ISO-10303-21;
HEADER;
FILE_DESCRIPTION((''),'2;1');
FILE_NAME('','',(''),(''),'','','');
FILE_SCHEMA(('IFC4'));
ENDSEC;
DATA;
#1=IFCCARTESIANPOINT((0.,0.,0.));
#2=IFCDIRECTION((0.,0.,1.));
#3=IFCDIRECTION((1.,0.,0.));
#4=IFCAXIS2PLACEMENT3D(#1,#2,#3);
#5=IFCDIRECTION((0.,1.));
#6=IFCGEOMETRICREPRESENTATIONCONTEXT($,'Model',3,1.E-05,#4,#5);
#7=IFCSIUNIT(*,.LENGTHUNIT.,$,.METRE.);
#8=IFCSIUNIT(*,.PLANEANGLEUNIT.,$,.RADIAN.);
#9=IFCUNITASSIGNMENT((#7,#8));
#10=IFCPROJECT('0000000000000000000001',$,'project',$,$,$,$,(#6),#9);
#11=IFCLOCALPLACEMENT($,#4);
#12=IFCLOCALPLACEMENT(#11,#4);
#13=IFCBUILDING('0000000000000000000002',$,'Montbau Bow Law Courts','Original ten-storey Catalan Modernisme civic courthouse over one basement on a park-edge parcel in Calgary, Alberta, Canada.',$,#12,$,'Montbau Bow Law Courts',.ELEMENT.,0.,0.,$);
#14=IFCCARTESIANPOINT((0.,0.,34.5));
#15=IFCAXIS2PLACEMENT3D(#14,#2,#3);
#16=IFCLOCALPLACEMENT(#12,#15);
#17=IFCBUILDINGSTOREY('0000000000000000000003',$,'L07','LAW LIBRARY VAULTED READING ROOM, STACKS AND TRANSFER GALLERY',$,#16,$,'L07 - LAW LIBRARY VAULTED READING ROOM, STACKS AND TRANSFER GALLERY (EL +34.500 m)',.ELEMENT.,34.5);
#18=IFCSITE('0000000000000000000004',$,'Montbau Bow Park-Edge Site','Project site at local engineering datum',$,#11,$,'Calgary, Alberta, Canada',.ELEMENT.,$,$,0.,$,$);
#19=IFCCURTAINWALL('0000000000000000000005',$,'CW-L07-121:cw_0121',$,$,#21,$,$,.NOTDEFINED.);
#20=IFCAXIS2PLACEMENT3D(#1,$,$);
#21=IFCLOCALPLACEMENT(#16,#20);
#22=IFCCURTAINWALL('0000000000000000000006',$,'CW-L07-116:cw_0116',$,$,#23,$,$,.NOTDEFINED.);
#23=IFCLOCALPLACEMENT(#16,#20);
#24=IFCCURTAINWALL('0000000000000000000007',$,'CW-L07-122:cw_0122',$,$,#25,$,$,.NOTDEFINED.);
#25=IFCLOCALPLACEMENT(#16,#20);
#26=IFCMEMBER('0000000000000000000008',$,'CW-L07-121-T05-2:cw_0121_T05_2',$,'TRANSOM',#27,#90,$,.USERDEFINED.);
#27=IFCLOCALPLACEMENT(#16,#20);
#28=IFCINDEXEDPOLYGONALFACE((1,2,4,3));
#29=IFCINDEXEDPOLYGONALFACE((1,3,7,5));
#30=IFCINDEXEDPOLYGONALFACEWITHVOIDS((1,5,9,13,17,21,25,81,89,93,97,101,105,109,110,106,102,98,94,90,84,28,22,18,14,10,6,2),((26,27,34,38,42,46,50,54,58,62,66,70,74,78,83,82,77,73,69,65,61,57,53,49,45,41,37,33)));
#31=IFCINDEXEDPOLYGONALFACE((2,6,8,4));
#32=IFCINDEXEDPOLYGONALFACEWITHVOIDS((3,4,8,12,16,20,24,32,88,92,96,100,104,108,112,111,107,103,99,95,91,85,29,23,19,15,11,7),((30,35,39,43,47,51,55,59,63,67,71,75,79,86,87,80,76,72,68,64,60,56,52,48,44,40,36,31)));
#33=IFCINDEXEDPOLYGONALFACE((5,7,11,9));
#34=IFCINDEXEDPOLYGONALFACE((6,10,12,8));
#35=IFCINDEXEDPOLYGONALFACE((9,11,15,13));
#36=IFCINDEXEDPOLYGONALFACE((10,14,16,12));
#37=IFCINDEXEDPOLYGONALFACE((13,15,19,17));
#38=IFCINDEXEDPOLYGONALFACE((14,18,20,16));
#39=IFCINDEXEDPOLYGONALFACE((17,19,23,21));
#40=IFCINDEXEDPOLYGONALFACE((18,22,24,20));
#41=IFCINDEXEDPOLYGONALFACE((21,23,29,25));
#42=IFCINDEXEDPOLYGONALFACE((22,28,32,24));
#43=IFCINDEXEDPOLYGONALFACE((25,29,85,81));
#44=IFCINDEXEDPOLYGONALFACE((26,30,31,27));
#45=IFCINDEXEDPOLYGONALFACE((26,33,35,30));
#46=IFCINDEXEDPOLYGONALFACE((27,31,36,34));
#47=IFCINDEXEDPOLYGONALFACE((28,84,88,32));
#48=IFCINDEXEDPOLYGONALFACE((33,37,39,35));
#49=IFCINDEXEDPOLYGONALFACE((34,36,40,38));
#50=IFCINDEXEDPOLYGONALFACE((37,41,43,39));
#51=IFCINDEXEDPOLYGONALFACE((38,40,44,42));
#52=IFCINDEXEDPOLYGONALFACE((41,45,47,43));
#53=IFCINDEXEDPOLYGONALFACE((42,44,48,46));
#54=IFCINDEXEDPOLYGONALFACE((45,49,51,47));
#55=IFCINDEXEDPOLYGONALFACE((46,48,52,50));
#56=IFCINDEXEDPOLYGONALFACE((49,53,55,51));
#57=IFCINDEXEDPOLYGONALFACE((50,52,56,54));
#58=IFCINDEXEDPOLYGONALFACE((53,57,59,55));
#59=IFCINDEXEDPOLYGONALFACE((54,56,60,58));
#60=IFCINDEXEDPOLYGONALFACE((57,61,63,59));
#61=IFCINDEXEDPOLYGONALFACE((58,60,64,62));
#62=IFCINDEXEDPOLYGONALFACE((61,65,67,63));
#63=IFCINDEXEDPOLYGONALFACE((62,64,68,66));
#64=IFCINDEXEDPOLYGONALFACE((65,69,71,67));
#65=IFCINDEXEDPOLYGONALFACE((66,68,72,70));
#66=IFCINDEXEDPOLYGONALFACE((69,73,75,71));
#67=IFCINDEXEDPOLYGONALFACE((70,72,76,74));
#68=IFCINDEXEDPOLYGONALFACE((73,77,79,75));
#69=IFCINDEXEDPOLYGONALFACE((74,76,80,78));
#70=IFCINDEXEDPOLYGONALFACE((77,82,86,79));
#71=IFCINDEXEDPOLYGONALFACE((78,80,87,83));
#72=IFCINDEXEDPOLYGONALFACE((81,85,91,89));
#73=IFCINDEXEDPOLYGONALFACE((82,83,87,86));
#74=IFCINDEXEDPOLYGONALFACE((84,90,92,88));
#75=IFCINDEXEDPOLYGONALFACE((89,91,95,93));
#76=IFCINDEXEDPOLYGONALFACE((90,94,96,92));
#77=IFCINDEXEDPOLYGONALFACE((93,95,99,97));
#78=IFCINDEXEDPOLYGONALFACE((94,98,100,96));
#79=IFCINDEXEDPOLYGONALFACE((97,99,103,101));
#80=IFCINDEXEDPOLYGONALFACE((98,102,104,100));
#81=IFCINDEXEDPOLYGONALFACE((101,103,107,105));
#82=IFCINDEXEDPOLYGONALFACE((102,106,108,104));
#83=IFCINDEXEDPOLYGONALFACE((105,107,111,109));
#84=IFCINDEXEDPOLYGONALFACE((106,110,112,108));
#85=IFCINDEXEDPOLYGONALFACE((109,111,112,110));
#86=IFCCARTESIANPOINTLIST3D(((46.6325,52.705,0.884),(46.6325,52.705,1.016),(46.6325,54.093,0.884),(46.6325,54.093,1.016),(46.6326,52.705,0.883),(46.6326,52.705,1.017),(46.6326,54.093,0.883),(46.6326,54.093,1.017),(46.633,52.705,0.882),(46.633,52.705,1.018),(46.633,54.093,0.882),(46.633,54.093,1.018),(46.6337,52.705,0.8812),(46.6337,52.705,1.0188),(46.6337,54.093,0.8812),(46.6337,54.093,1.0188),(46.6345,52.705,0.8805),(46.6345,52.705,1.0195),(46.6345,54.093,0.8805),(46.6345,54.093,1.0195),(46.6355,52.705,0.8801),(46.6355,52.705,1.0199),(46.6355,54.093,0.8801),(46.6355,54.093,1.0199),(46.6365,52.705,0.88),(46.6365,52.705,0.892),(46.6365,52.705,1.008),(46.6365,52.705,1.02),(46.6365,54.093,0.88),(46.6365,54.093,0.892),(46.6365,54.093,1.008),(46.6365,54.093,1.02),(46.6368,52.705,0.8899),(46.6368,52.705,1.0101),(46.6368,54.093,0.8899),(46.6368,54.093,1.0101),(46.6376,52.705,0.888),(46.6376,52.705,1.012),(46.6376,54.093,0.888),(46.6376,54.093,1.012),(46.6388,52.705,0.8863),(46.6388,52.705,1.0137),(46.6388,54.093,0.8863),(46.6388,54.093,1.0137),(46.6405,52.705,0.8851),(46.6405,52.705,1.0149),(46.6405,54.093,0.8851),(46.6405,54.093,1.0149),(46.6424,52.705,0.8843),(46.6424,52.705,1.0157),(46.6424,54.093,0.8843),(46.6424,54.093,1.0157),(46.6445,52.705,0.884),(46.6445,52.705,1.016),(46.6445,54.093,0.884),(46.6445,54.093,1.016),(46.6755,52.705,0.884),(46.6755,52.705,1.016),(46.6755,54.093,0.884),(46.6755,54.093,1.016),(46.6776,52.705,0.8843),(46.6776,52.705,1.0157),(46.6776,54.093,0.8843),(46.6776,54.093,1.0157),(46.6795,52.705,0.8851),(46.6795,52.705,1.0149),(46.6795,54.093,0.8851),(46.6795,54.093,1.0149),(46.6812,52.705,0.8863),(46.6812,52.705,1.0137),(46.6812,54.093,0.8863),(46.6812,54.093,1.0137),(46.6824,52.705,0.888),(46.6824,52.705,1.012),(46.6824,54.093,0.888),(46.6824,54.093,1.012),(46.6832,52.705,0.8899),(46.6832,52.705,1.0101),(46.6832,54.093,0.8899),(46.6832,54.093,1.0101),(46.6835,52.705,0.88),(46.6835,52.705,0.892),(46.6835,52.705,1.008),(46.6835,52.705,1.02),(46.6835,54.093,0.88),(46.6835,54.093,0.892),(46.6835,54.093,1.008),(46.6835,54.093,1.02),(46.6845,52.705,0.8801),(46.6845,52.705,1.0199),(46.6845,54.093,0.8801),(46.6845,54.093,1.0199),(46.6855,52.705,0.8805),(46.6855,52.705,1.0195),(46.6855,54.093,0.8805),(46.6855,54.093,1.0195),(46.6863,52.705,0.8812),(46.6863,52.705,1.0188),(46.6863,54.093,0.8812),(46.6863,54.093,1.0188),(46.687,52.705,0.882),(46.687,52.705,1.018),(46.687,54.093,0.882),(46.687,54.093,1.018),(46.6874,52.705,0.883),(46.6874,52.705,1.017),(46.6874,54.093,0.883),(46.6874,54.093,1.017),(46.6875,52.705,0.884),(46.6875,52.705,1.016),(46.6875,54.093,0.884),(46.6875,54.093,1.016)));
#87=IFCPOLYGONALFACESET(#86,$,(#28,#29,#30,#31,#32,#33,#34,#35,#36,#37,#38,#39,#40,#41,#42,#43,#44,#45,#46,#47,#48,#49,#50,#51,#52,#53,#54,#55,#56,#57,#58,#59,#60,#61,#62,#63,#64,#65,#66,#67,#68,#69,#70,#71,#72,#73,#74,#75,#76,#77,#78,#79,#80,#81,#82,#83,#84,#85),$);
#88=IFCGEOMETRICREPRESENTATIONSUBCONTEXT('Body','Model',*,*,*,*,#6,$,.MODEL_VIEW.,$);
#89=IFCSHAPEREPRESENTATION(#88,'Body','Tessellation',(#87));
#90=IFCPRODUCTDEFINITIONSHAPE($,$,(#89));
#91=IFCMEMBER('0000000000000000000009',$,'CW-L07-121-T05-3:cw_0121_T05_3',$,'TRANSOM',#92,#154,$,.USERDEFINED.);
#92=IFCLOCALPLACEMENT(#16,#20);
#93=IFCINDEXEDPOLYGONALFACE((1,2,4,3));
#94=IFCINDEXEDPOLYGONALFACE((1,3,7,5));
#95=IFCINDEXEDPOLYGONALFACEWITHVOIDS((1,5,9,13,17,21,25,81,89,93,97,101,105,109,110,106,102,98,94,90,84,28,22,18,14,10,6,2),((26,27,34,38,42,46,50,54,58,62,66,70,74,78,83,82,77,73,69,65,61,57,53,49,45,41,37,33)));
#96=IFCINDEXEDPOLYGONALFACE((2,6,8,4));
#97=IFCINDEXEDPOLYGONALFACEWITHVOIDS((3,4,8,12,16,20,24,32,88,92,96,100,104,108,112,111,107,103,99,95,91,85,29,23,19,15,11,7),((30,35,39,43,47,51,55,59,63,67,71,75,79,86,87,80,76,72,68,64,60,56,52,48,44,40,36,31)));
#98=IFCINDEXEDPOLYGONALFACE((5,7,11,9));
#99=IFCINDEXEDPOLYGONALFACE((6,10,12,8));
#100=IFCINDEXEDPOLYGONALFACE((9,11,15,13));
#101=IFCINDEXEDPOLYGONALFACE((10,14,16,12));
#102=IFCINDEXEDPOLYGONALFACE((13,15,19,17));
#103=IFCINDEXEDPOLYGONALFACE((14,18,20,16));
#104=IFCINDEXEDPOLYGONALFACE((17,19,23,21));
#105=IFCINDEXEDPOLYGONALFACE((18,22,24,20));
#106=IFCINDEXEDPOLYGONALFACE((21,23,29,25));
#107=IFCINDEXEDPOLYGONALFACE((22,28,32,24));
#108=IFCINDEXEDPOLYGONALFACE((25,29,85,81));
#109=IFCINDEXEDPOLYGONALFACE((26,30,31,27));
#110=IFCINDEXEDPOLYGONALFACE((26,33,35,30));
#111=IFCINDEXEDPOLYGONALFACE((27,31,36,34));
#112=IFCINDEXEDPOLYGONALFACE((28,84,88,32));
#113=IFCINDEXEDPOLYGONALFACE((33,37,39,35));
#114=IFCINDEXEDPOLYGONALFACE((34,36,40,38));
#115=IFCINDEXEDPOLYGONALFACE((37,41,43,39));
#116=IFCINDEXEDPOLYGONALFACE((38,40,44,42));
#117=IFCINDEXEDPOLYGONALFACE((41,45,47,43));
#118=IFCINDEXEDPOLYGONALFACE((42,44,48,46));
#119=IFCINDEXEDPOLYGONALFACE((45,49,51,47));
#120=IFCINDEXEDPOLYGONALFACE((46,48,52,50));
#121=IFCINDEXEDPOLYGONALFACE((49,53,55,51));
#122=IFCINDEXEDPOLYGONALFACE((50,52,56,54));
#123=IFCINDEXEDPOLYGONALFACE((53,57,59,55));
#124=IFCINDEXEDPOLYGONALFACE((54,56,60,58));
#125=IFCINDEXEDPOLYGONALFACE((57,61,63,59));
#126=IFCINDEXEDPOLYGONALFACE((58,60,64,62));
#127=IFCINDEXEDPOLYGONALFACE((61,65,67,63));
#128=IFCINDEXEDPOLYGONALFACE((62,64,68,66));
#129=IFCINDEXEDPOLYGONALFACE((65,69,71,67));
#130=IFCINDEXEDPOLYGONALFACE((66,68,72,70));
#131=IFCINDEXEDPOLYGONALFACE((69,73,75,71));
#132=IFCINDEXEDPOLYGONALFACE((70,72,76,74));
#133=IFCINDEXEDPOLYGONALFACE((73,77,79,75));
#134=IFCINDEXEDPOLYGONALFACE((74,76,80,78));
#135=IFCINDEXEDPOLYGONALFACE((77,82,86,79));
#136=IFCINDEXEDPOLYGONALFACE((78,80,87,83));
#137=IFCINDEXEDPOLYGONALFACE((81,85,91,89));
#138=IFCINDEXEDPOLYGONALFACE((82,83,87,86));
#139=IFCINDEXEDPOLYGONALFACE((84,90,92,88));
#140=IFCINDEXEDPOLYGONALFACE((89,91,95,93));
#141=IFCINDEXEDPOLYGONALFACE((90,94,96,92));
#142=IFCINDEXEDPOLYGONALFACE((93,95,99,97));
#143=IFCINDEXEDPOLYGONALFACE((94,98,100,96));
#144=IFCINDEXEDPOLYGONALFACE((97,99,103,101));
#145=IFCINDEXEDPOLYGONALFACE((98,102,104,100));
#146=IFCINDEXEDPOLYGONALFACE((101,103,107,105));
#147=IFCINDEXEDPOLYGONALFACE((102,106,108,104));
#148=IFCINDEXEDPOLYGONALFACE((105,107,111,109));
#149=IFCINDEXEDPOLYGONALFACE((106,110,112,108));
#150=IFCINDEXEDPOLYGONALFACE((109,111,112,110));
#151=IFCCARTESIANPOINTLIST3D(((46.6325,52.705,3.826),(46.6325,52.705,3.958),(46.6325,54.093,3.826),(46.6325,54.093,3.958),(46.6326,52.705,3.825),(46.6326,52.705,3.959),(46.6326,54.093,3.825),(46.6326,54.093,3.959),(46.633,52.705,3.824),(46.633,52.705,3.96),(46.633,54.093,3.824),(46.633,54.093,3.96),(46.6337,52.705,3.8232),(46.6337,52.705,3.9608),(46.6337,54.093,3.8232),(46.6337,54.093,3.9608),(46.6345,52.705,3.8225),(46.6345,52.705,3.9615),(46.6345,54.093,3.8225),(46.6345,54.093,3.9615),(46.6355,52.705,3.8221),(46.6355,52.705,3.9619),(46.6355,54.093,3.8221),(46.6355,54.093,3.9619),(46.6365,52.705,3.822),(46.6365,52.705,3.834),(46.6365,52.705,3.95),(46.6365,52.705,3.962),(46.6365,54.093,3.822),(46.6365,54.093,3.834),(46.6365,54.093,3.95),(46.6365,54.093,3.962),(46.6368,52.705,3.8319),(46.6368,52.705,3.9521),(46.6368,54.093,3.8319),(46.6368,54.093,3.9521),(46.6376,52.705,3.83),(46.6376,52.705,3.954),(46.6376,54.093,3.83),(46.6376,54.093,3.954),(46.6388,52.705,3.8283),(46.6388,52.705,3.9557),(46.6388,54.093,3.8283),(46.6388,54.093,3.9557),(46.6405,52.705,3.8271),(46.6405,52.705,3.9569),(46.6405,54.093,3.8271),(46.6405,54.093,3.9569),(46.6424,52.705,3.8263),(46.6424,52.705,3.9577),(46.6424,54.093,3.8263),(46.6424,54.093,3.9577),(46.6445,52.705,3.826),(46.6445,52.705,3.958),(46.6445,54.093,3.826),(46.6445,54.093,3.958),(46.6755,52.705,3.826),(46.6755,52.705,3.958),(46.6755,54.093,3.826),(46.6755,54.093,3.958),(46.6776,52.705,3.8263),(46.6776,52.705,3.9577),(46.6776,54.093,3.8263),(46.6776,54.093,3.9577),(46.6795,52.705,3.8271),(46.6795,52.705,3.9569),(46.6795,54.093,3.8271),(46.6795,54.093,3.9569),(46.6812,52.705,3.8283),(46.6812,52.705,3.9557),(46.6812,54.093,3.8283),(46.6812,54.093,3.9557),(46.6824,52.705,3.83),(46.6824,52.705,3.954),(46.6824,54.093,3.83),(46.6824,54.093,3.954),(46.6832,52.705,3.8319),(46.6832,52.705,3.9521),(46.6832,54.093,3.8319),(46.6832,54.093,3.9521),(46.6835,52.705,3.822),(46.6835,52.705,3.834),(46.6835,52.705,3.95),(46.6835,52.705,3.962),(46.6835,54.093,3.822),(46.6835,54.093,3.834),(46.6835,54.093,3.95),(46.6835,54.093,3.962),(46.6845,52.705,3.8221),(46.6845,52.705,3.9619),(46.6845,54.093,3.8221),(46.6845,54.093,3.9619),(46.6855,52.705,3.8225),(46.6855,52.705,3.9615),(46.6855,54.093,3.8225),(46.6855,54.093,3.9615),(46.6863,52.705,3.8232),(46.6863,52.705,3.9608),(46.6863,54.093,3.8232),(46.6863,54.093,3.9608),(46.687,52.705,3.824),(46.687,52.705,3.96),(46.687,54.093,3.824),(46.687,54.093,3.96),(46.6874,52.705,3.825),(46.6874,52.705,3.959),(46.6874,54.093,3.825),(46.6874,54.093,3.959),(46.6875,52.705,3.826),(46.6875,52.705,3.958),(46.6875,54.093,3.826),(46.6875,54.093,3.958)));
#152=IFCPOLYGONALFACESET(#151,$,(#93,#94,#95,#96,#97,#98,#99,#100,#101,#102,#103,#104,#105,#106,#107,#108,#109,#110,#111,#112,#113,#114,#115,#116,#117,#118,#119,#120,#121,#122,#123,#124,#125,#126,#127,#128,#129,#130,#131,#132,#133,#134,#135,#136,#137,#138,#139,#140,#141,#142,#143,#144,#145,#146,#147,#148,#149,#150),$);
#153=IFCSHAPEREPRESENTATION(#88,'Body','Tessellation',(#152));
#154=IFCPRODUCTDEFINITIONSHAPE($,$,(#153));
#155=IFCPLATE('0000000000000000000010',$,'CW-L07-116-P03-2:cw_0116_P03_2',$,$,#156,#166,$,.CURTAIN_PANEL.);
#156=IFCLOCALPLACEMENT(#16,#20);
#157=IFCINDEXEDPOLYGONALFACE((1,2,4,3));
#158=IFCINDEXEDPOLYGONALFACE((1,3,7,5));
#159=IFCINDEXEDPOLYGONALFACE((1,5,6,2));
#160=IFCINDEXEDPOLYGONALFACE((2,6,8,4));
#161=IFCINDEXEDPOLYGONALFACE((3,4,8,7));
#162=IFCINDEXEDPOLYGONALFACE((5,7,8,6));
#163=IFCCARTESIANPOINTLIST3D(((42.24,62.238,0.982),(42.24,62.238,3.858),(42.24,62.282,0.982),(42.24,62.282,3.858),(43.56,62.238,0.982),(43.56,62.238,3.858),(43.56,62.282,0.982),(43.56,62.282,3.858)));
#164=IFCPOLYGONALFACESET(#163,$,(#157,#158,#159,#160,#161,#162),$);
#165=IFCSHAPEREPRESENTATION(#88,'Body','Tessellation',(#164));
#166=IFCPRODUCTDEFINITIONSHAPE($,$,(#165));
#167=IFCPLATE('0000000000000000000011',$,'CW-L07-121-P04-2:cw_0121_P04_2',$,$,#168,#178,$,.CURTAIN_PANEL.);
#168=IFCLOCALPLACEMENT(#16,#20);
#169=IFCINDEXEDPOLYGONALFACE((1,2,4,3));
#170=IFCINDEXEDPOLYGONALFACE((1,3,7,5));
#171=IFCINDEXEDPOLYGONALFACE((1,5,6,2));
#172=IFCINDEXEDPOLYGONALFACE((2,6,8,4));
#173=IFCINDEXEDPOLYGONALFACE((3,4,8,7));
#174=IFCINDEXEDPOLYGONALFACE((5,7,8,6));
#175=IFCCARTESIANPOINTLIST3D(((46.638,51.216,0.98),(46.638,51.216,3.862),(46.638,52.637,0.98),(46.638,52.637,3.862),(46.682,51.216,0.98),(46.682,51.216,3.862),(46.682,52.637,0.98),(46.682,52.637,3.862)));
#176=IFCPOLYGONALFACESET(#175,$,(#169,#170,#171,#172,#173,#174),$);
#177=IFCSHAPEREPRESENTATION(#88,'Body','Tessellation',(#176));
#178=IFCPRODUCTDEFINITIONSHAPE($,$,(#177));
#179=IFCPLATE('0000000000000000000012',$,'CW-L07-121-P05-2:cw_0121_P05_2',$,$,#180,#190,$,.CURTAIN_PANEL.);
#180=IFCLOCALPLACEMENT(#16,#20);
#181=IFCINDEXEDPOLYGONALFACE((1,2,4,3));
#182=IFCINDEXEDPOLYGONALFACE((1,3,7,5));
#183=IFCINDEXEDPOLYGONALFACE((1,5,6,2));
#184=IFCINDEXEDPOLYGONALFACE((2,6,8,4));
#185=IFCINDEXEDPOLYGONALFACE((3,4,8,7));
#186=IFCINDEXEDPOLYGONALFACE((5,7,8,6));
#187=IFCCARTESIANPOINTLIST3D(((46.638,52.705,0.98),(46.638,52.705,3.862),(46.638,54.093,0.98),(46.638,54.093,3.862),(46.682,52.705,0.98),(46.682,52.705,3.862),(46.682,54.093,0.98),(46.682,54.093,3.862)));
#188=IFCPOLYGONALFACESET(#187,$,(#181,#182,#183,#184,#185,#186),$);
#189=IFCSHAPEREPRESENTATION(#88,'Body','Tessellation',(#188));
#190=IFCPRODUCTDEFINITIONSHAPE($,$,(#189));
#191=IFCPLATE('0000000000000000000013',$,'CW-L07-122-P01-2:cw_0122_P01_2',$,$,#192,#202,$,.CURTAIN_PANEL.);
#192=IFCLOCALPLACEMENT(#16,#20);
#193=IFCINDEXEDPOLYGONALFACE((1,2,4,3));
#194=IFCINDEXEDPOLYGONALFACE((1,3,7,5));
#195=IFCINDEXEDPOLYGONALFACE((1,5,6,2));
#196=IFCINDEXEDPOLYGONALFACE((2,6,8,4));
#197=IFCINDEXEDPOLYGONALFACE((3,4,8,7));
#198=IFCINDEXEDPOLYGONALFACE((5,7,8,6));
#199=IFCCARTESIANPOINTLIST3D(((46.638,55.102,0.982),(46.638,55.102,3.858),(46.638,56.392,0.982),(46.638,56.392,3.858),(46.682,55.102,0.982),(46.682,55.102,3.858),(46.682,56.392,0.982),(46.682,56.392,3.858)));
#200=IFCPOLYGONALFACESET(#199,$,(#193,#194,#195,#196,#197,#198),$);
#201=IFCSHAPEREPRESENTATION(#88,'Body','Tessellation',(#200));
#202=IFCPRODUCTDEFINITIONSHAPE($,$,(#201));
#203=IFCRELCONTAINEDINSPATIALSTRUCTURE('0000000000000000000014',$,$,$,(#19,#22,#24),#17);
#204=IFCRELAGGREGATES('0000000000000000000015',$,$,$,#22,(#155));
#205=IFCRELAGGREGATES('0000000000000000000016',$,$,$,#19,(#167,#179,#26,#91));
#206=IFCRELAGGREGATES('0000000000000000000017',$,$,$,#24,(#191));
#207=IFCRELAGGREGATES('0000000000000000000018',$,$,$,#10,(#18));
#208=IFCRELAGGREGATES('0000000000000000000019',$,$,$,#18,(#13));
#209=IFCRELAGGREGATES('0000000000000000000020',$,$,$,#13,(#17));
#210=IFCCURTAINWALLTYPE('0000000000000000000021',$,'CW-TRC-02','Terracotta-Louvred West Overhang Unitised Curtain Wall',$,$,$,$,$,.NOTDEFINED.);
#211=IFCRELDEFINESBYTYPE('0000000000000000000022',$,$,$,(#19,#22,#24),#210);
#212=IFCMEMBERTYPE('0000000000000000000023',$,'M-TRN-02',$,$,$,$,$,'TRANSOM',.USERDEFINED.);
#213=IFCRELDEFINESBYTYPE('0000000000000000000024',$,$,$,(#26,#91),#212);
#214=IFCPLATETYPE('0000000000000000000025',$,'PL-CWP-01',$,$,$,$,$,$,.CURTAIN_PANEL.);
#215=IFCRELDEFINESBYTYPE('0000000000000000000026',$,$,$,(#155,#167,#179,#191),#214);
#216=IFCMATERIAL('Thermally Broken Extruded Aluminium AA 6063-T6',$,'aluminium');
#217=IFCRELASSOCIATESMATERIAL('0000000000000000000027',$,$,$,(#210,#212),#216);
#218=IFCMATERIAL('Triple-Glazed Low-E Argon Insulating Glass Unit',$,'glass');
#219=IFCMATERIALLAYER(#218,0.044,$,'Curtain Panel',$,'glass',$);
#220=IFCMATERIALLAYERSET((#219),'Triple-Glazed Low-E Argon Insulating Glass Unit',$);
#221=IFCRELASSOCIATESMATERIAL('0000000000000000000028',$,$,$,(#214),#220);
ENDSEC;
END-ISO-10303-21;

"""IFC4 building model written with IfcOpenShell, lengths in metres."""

from ifc_helpers import new_model, si_unit, direction, frame, frame_2d, origin_with_axes, origin_2d_with_axis, place, context, subcontext, project, spatial, rectangle, hollow_rectangle, extrude, material, layer, layer_set, material_profile, profile_set, type_object, element, aggregate, save


model = new_model("IFC4")

# Units and contexts
model_context = context("Model", 3, precision=1e-05, world=origin_with_axes(), true_north=direction((0.0, 1.0)))
body_context = subcontext(model_context, "Body", "Model", "MODEL_VIEW")
ifc_project = project(units=[si_unit("LENGTHUNIT", "METRE"), si_unit("PLANEANGLEUNIT", "RADIAN")], contexts=[model_context])

# Site, building, storey
site_placement = place(None, origin_with_axes())
site = spatial("IfcSite", under=ifc_project, at=site_placement, Name="Montbau Bow Park-Edge Site", Description="Project site at local engineering datum", LongName="Calgary, Alberta, Canada", CompositionType="ELEMENT", RefElevation=0.0)
building_placement = place(site_placement, origin_with_axes())
building = spatial("IfcBuilding", under=site, at=building_placement, Name="Montbau Bow Law Courts", Description="Original ten-storey Catalan Modernisme civic courthouse over one basement on a park-edge parcel in Calgary, Alberta, Canada.", LongName="Montbau Bow Law Courts", CompositionType="ELEMENT", ElevationOfRefHeight=0.0, ElevationOfTerrain=0.0)
storey_placement = place(building_placement, frame((0.0, 0.0, 34.5), z_axis=(0.0, 0.0, 1.0), x_axis=(1.0, 0.0, 0.0)))
storey = spatial("IfcBuildingStorey", under=building, at=storey_placement, Name="L07", Description="LAW LIBRARY VAULTED READING ROOM, STACKS AND TRANSFER GALLERY", LongName="L07 - LAW LIBRARY VAULTED READING ROOM, STACKS AND TRANSFER GALLERY (EL +34.500 m)", CompositionType="ELEMENT", Elevation=34.5)

# Curtain wall
ifc_material_1 = material(Name="Thermally Broken Extruded Aluminium AA 6063-T6", Category="aluminium")
curtain_wall_type = type_object("IfcCurtainWallType", Name="CW-TRC-02", Description="Terracotta-Louvred West Overhang Unitised Curtain Wall", PredefinedType="NOTDEFINED", material=ifc_material_1)
curtain_wall_1_placement = place(None, frame((46.66, 46.715, 34.5), z_axis=(0.0, 0.0, 1.0), x_axis=(1.0, 0.0, 0.0)))
curtain_wall_1 = element("IfcCurtainWall", 1, at=curtain_wall_1_placement, inside=storey, type_object=curtain_wall_type, Name="CW-L07-121:cw_0121", PredefinedType="NOTDEFINED")

# Curtain wall
curtain_wall_2_placement = place(None, frame((39.44, 62.26, 34.5), z_axis=(0.0, 0.0, 1.0), x_axis=(1.0, 0.0, 0.0)))
curtain_wall_2 = element("IfcCurtainWall", 2, at=curtain_wall_2_placement, inside=storey, type_object=curtain_wall_type, Name="CW-L07-116:cw_0116", PredefinedType="NOTDEFINED")

# Curtain wall
curtain_wall_3_placement = place(None, frame((46.66, 55.04, 34.5), z_axis=(0.0, 0.0, 1.0), x_axis=(1.0, 0.0, 0.0)))
curtain_wall_3 = element("IfcCurtainWall", 3, at=curtain_wall_3_placement, inside=storey, type_object=curtain_wall_type, Name="CW-L07-122:cw_0122", PredefinedType="NOTDEFINED")

# Members
ifc_material_profile_1 = material_profile(ifc_material_1, hollow_rectangle(XDim=0.055, YDim=0.14, WallThickness=0.004, InnerFilletRadius=0.008, OuterFilletRadius=0.004, at=origin_2d_with_axis()), Name="CWT-140X55", Category="Main", Priority=0)
ifc_profile_set_1 = profile_set([ifc_material_profile_1], Name="Thermally Broken Extruded Aluminium AA 6063-T6")
member_type_1 = type_object("IfcMemberType", Name="M-TRN-02", ElementType="TRANSOM", PredefinedType="USERDEFINED", material=ifc_profile_set_1)
member_1_placement = place(None, frame((46.66, 52.705, 35.45), z_axis=(0.0, 1.0, 0.0), x_axis=(-1.0, 0.0, 0.0)))
member_1 = element("IfcMember", 4, at=member_1_placement, type_object=member_type_1, Name="CW-L07-121-T05-2:cw_0121_T05_2", ObjectType="TRANSOM", PredefinedType="USERDEFINED", context=body_context, shape_type="SweptSolid", body=[
    extrude(hollow_rectangle(XDim=0.055, YDim=0.14, WallThickness=0.004, InnerFilletRadius=0.008, OuterFilletRadius=0.004, at=origin_2d_with_axis()), origin_with_axes(), (0.0, 0.0, 1.0), 1.388),
])
member_2_placement = place(None, frame((46.66, 52.705, 38.392), z_axis=(0.0, 1.0, 0.0), x_axis=(-1.0, 0.0, 0.0)))
member_2 = element("IfcMember", 5, at=member_2_placement, type_object=member_type_1, Name="CW-L07-121-T05-3:cw_0121_T05_3", ObjectType="TRANSOM", PredefinedType="USERDEFINED", context=body_context, shape_type="SweptSolid", body=[
    extrude(hollow_rectangle(XDim=0.055, YDim=0.14, WallThickness=0.004, InnerFilletRadius=0.008, OuterFilletRadius=0.004, at=origin_2d_with_axis()), origin_with_axes(), (0.0, 0.0, 1.0), 1.388),
])

# Plates
ifc_material_2 = material(Name="Triple-Glazed Low-E Argon Insulating Glass Unit", Category="glass")
ifc_layer_1 = layer(ifc_material_2, 0.044, Name="Curtain Panel", Category="glass")
ifc_layer_set_1 = layer_set([ifc_layer_1], Name="Triple-Glazed Low-E Argon Insulating Glass Unit")
plate_type_1 = type_object("IfcPlateType", Name="PL-CWP-01", PredefinedType="CURTAIN_PANEL", material=ifc_layer_set_1)
plate_1_placement = place(None, frame((42.24, 62.26, 35.482), z_axis=(0.0, -1.0, 0.0), x_axis=(1.0, 0.0, 0.0)))
plate_1 = element("IfcPlate", 6, at=plate_1_placement, type_object=plate_type_1, Name="CW-L07-116-P03-2:cw_0116_P03_2", PredefinedType="CURTAIN_PANEL", context=body_context, shape_type="SweptSolid", body=[
    extrude(rectangle(XDim=1.32, YDim=2.876, at=frame_2d((0.66, 1.438), x_axis=(1.0, 0.0))), frame((0.0, 0.0, -0.022), z_axis=(0.0, 0.0, 1.0), x_axis=(1.0, 0.0, 0.0)), (0.0, 0.0, 1.0), 0.044),
])
plate_2_placement = place(None, frame((46.66, 51.216, 35.48), z_axis=(1.0, 0.0, 0.0), x_axis=(0.0, 1.0, 0.0)))
plate_2 = element("IfcPlate", 7, at=plate_2_placement, type_object=plate_type_1, Name="CW-L07-121-P04-2:cw_0121_P04_2", PredefinedType="CURTAIN_PANEL", context=body_context, shape_type="SweptSolid", body=[
    extrude(rectangle(XDim=1.421, YDim=2.882, at=frame_2d((0.7105, 1.441), x_axis=(1.0, 0.0))), frame((0.0, 0.0, -0.022), z_axis=(0.0, 0.0, 1.0), x_axis=(1.0, 0.0, 0.0)), (0.0, 0.0, 1.0), 0.044),
])
plate_3_placement = place(None, frame((46.66, 52.705, 35.48), z_axis=(1.0, 0.0, 0.0), x_axis=(0.0, 1.0, 0.0)))
plate_3 = element("IfcPlate", 8, at=plate_3_placement, type_object=plate_type_1, Name="CW-L07-121-P05-2:cw_0121_P05_2", PredefinedType="CURTAIN_PANEL", context=body_context, shape_type="SweptSolid", body=[
    extrude(rectangle(XDim=1.388, YDim=2.882, at=frame_2d((0.694, 1.441), x_axis=(1.0, 0.0))), frame((0.0, 0.0, -0.022), z_axis=(0.0, 0.0, 1.0), x_axis=(1.0, 0.0, 0.0)), (0.0, 0.0, 1.0), 0.044),
])
plate_4_placement = place(None, frame((46.66, 55.102, 35.482), z_axis=(1.0, 0.0, 0.0), x_axis=(0.0, 1.0, 0.0)))
plate_4 = element("IfcPlate", 9, at=plate_4_placement, type_object=plate_type_1, Name="CW-L07-122-P01-2:cw_0122_P01_2", PredefinedType="CURTAIN_PANEL", context=body_context, shape_type="SweptSolid", body=[
    extrude(rectangle(XDim=1.29, YDim=2.876, at=frame_2d((0.645, 1.438), x_axis=(1.0, 0.0))), frame((0.0, 0.0, -0.022), z_axis=(0.0, 0.0, 1.0), x_axis=(1.0, 0.0, 0.0)), (0.0, 0.0, 1.0), 0.044),
])
aggregate(curtain_wall_2, [plate_1])
aggregate(curtain_wall_1, [plate_2, plate_3, member_1, member_2])
aggregate(curtain_wall_3, [plate_4])

save(model, "model.ifc")
